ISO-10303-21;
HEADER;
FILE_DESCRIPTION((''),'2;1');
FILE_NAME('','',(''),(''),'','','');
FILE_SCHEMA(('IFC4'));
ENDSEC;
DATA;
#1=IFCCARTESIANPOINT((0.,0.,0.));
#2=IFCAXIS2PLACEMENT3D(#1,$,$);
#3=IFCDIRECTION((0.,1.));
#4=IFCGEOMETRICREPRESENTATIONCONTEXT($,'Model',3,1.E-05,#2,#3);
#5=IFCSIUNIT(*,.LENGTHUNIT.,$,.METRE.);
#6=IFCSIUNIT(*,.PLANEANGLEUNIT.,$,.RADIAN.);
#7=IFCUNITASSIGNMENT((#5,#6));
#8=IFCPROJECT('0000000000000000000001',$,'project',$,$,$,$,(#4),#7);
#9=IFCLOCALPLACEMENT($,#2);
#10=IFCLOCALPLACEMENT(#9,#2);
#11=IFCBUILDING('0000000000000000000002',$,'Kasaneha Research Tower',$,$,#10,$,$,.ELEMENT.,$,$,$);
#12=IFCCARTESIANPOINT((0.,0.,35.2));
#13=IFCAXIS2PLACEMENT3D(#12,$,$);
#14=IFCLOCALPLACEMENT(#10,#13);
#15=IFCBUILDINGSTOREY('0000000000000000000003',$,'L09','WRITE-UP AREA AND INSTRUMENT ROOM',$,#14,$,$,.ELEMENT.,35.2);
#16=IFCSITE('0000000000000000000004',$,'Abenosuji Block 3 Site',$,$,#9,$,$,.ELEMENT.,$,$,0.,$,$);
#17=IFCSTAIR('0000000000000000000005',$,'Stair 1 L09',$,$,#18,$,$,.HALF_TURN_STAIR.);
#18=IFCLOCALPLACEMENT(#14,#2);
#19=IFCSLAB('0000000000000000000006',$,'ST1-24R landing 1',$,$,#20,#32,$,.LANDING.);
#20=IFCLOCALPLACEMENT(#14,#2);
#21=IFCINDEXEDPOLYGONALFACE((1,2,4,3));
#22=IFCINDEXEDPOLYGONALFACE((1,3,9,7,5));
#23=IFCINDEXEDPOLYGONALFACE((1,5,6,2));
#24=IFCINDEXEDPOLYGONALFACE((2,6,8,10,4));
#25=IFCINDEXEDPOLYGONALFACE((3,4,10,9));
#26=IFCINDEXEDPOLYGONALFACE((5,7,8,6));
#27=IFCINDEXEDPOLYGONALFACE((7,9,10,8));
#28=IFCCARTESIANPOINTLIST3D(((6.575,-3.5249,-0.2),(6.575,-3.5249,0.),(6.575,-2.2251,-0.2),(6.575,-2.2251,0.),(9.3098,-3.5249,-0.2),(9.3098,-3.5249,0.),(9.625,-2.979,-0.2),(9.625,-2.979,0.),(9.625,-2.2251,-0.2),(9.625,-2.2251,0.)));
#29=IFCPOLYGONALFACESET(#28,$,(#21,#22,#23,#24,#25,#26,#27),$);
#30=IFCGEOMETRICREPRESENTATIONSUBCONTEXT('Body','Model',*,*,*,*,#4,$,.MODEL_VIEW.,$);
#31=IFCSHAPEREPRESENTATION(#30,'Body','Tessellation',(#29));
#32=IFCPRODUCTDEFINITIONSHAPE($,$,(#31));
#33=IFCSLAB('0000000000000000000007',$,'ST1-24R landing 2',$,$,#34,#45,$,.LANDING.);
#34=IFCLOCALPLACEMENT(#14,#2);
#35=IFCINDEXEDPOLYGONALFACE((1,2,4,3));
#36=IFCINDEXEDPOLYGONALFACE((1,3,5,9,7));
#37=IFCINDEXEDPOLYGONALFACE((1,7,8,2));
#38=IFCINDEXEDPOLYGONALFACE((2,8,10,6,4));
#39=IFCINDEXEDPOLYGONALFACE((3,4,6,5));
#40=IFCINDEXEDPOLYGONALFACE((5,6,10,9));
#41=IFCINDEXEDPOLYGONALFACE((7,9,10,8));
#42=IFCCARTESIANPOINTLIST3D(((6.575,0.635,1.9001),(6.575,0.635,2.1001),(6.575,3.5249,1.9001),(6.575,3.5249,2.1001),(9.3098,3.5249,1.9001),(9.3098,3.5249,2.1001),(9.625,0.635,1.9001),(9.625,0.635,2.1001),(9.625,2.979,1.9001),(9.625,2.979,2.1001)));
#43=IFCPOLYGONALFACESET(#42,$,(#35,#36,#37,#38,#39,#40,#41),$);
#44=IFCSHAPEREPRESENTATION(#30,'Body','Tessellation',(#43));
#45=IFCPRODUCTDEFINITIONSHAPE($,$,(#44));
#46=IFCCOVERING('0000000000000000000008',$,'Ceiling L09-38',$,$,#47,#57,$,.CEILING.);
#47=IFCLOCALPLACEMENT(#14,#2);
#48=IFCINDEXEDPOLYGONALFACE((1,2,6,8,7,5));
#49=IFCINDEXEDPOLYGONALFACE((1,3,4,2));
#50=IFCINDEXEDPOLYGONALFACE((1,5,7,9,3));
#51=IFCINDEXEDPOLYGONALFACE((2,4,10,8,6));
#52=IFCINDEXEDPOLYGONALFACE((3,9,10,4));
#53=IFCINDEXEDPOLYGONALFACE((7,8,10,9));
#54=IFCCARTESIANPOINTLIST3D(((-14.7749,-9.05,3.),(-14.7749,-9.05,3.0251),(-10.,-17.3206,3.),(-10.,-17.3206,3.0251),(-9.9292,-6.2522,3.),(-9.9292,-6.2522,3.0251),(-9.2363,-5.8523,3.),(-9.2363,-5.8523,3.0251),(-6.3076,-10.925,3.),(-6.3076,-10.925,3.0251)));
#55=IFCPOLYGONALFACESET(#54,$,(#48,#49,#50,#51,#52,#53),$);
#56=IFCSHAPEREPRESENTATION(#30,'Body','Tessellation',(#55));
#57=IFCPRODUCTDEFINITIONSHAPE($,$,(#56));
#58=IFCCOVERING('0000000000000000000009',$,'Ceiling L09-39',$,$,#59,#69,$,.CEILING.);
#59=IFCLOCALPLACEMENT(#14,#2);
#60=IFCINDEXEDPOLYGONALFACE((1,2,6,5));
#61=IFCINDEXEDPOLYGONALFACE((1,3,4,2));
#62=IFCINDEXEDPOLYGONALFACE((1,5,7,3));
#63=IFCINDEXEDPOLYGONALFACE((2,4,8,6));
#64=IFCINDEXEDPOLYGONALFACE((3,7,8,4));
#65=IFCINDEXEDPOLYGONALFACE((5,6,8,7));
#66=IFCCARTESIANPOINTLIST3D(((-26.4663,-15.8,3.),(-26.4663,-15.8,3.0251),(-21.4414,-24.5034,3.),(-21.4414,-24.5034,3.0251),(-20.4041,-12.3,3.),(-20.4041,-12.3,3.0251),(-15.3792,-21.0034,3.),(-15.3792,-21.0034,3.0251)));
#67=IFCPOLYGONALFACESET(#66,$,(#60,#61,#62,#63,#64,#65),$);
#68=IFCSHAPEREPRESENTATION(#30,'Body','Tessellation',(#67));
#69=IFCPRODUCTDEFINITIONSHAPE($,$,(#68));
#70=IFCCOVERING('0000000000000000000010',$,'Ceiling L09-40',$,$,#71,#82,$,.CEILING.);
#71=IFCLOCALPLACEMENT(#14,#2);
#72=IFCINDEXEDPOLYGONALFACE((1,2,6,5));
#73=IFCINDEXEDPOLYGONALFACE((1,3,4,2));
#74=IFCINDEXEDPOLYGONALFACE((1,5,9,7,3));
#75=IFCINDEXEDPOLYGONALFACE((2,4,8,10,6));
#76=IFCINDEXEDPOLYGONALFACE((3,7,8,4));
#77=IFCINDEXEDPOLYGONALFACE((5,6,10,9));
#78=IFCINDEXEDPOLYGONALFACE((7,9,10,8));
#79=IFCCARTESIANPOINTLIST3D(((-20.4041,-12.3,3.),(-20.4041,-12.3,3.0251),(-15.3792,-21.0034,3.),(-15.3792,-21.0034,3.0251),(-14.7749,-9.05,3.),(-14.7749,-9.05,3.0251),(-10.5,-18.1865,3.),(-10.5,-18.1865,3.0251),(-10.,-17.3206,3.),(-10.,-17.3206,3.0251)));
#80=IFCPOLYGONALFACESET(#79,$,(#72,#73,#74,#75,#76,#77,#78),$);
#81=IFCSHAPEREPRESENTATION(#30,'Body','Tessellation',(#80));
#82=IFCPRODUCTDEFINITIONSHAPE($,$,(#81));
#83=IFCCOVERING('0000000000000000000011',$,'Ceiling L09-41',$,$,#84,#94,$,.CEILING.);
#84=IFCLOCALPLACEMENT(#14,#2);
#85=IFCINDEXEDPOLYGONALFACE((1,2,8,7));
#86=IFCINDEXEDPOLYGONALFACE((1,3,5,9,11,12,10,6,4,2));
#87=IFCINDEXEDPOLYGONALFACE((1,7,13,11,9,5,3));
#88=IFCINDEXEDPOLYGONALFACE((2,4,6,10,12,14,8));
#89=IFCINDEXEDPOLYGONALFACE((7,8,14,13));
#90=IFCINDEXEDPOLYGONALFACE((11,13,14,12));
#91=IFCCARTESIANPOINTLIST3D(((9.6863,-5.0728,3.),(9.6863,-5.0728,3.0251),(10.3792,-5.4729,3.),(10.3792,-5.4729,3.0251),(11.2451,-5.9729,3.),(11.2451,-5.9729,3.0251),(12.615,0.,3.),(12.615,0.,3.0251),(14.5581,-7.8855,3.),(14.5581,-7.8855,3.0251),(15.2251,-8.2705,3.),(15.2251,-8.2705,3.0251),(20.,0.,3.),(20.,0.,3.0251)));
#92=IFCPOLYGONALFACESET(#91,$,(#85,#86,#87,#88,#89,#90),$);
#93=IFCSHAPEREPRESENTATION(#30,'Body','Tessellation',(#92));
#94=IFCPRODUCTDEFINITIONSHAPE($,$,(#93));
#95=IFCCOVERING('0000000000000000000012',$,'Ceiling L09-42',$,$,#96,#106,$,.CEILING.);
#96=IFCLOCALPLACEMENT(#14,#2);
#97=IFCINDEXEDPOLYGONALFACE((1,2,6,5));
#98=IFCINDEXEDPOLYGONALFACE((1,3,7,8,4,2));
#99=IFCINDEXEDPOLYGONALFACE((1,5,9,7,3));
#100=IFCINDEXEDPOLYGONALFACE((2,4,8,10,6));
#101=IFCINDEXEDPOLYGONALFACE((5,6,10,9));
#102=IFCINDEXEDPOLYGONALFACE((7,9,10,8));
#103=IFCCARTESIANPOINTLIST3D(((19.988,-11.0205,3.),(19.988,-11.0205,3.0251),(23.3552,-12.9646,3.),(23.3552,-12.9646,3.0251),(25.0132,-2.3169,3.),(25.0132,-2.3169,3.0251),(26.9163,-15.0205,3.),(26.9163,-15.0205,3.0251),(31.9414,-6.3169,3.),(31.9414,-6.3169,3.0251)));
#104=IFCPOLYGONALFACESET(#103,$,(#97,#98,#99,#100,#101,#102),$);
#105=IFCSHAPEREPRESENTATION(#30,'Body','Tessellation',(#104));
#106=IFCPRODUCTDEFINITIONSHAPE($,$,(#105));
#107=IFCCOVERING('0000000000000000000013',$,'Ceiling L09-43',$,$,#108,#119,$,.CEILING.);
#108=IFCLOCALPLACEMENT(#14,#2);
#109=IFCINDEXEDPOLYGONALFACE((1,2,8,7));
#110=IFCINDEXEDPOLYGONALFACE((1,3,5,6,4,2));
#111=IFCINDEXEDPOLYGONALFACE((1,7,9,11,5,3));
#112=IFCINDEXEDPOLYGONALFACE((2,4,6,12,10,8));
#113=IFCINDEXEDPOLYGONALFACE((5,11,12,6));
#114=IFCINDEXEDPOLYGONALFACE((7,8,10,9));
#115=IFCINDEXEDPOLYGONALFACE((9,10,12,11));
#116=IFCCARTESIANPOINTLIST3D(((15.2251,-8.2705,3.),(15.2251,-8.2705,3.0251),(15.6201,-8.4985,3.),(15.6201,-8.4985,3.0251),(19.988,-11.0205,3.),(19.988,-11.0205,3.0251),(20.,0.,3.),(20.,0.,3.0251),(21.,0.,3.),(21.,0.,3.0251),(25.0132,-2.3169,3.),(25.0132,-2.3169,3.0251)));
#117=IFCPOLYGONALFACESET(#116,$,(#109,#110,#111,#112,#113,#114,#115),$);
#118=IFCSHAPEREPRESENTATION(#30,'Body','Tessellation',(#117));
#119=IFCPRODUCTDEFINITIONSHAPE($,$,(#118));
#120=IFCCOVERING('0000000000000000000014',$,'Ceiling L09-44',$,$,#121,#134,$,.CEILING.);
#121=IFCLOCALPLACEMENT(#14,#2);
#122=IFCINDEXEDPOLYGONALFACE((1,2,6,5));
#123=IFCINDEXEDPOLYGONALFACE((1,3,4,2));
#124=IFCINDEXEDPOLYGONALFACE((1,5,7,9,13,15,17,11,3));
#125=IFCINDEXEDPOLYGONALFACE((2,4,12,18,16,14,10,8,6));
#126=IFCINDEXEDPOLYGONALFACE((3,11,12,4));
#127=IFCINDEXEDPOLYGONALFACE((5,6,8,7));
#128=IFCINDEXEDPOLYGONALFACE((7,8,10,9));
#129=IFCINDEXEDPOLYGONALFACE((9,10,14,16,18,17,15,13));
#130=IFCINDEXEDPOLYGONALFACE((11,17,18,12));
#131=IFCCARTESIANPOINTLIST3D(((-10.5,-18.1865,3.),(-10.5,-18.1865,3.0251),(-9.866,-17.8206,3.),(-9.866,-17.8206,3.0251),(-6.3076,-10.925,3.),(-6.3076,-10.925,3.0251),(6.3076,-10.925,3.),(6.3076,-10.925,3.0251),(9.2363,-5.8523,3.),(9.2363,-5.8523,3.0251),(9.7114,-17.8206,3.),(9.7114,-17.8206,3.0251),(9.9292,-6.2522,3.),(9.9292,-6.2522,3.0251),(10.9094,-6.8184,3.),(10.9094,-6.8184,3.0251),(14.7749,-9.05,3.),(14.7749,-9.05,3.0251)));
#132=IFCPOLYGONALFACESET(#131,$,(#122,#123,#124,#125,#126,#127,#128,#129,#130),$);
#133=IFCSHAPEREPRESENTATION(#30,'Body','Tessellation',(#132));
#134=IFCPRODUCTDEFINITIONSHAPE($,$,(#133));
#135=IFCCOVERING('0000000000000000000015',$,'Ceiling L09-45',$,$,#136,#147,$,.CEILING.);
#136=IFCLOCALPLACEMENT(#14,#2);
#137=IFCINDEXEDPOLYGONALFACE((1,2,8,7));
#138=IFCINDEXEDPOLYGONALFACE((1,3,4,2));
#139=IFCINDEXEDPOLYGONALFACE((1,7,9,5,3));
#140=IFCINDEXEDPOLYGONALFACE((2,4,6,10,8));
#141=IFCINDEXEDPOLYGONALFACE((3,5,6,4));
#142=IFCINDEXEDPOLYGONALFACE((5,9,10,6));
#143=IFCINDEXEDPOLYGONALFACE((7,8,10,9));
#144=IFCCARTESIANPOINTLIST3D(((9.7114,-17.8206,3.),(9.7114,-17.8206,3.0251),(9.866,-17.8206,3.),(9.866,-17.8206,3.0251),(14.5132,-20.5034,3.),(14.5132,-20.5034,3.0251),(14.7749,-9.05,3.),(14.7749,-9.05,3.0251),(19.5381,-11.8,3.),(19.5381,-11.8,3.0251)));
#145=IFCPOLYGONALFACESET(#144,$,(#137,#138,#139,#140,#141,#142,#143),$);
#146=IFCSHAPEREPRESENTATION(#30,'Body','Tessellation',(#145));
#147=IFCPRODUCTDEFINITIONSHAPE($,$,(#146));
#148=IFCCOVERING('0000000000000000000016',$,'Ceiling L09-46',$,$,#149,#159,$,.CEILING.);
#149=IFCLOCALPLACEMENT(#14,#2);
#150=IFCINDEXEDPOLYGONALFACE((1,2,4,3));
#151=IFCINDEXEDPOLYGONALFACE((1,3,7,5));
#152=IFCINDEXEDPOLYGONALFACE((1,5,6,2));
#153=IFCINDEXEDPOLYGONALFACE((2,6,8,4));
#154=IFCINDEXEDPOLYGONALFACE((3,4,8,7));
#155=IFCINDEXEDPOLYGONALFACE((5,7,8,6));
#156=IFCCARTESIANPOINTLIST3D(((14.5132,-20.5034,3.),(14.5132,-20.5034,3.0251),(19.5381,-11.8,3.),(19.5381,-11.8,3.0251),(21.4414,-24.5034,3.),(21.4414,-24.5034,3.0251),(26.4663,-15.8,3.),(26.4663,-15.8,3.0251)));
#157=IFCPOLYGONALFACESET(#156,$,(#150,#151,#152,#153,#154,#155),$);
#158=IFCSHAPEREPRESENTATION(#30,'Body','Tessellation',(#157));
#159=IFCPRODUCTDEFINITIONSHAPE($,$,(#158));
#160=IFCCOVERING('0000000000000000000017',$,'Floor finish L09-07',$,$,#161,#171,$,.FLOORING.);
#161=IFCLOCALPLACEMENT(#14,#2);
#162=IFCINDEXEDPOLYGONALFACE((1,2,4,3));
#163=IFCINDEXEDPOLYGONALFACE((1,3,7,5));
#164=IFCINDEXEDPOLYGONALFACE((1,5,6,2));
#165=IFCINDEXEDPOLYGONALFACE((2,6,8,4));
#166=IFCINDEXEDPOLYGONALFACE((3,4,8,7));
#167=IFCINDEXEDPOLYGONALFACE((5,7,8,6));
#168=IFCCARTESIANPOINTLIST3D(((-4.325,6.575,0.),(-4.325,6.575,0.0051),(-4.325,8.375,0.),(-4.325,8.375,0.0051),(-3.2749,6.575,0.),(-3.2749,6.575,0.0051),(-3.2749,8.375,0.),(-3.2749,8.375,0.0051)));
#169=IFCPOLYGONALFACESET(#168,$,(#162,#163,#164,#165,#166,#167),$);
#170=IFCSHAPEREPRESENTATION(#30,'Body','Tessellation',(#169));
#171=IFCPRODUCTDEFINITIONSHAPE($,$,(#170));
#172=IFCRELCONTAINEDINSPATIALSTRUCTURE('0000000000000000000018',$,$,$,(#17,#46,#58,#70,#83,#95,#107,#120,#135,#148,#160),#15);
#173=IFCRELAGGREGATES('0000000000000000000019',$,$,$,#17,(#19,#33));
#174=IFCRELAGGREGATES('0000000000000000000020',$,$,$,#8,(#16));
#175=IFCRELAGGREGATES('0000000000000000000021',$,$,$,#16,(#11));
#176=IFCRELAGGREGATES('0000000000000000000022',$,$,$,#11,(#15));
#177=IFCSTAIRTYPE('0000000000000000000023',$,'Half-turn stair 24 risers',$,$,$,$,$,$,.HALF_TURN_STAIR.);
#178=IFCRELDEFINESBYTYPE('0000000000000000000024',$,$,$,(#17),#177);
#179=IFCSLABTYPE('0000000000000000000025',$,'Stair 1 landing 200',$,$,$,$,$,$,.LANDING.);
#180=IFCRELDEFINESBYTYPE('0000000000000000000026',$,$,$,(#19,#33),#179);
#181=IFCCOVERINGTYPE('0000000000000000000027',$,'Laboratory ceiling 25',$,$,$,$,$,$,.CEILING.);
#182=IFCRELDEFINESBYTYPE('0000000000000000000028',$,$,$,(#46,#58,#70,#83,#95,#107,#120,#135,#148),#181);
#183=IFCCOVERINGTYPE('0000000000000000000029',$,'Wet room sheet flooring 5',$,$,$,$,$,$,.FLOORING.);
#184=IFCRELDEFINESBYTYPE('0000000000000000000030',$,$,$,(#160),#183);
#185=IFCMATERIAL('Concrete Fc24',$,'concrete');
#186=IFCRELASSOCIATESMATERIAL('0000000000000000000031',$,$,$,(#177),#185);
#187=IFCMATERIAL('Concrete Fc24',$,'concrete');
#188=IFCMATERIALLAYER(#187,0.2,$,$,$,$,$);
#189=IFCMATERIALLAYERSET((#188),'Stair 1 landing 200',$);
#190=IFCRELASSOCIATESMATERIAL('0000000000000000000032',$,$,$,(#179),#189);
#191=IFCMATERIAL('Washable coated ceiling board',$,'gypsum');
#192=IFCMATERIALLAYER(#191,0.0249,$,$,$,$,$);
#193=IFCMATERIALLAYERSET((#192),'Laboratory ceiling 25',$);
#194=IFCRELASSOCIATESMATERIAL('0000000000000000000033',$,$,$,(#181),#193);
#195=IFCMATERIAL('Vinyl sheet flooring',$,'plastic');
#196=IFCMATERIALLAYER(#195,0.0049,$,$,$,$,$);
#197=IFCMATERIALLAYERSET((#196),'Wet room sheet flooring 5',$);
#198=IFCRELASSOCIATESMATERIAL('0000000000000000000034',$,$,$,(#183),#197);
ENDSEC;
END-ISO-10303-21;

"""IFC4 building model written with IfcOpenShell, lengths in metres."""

from ifc_helpers import new_model, si_unit, direction, frame, origin, place, context, subcontext, project, spatial, polyline, outline, extrude, material, layer, layer_set, type_object, element, aggregate, save


model = new_model("IFC4")

# Units and contexts
model_context = context("Model", 3, precision=1e-05, world=origin(), true_north=direction((0.0, 1.0)))
body_context = subcontext(model_context, "Body", "Model", "MODEL_VIEW")
ifc_project = project(units=[si_unit("LENGTHUNIT", "METRE"), si_unit("PLANEANGLEUNIT", "RADIAN")], contexts=[model_context])

# Site, building, storey
site_placement = place(None, origin())
site = spatial("IfcSite", under=ifc_project, at=site_placement, Name="Abenosuji Block 3 Site", CompositionType="ELEMENT", RefElevation=0.0)
building_placement = place(site_placement, origin())
building = spatial("IfcBuilding", under=site, at=building_placement, Name="Kasaneha Research Tower", CompositionType="ELEMENT")
storey_placement = place(building_placement, frame((0.0, 0.0, 35.2)))
storey = spatial("IfcBuildingStorey", under=building, at=storey_placement, Name="L09", Description="WRITE-UP AREA AND INSTRUMENT ROOM", CompositionType="ELEMENT", Elevation=35.2)

# Stair, slabs
ifc_material_1 = material(Name="Concrete Fc24", Category="concrete")
stair_type = type_object("IfcStairType", Name="Half-turn stair 24 risers", PredefinedType="HALF_TURN_STAIR", material=ifc_material_1)
stair_placement = place(storey_placement, origin())
stair = element("IfcStair", 1, at=stair_placement, inside=storey, type_object=stair_type, Name="Stair 1 L09", PredefinedType="HALF_TURN_STAIR")
ifc_material_2 = material(Name="Concrete Fc24", Category="concrete")
ifc_layer_1 = layer(ifc_material_2, 0.2)
ifc_layer_set_1 = layer_set([ifc_layer_1], Name="Stair 1 landing 200")
slab_type = type_object("IfcSlabType", Name="Stair 1 landing 200", PredefinedType="LANDING", material=ifc_layer_set_1)
slab_1_placement = place(storey_placement, frame((0.0, 0.0, -0.2)))
slab_1 = element("IfcSlab", 2, at=slab_1_placement, type_object=slab_type, Name="ST1-24R landing 1", PredefinedType="LANDING", context=body_context, shape_type="SweptSolid", body=[
    extrude(outline(polyline([(9.3098, -3.5249), (6.575, -3.5249), (6.575, -2.2251), (9.625, -2.2251), (9.625, -2.979), (9.3098, -3.5249)])), origin(), (0.0, 0.0, 1.0), 0.2),
])
slab_2_placement = place(storey_placement, frame((0.0, 0.0, 1.9001)))
slab_2 = element("IfcSlab", 3, at=slab_2_placement, type_object=slab_type, Name="ST1-24R landing 2", PredefinedType="LANDING", context=body_context, shape_type="SweptSolid", body=[
    extrude(outline(polyline([(6.575, 3.5249), (9.3098, 3.5249), (9.625, 2.979), (9.625, 0.635), (6.575, 0.635), (6.575, 3.5249)])), origin(), (0.0, 0.0, 1.0), 0.2),
])
aggregate(stair, [slab_1, slab_2])

# Coverings
ifc_material_3 = material(Name="Washable coated ceiling board", Category="gypsum")
ifc_layer_2 = layer(ifc_material_3, 0.0249)
ifc_layer_set_2 = layer_set([ifc_layer_2], Name="Laboratory ceiling 25")
covering_type_1 = type_object("IfcCoveringType", Name="Laboratory ceiling 25", PredefinedType="CEILING", material=ifc_layer_set_2)
covering_1_placement = place(storey_placement, frame((0.0, 0.0, 3.0)))
element("IfcCovering", 4, at=covering_1_placement, inside=storey, type_object=covering_type_1, Name="Ceiling L09-38", PredefinedType="CEILING", context=body_context, shape_type="SweptSolid", body=[
    extrude(outline(polyline([(-9.2363, -5.8523), (-6.3076, -10.925), (-10.0, -17.3206), (-14.7749, -9.05), (-9.9292, -6.2522), (-9.9292, -6.2522), (-9.2363, -5.8523)])), origin(), (0.0, 0.0, 1.0), 0.0251),
])
covering_2_placement = place(storey_placement, frame((0.0, 0.0, 3.0)))
element("IfcCovering", 5, at=covering_2_placement, inside=storey, type_object=covering_type_1, Name="Ceiling L09-39", PredefinedType="CEILING", context=body_context, shape_type="SweptSolid", body=[
    extrude(outline(polyline([(-21.4414, -24.5034), (-26.4663, -15.8), (-20.4041, -12.3), (-15.3792, -21.0034), (-21.4414, -24.5034)])), origin(), (0.0, 0.0, 1.0), 0.0251),
])
covering_3_placement = place(storey_placement, frame((0.0, 0.0, 3.0)))
element("IfcCovering", 6, at=covering_3_placement, inside=storey, type_object=covering_type_1, Name="Ceiling L09-40", PredefinedType="CEILING", context=body_context, shape_type="SweptSolid", body=[
    extrude(outline(polyline([(-10.5, -18.1865), (-15.3792, -21.0034), (-20.4041, -12.3), (-14.7749, -9.05), (-10.0, -17.3206), (-10.5, -18.1865)])), origin(), (0.0, 0.0, 1.0), 0.0251),
])
covering_4_placement = place(storey_placement, frame((0.0, 0.0, 3.0)))
element("IfcCovering", 7, at=covering_4_placement, inside=storey, type_object=covering_type_1, Name="Ceiling L09-41", PredefinedType="CEILING", context=body_context, shape_type="SweptSolid", body=[
    extrude(outline(polyline([(11.2451, -5.9729), (10.3792, -5.4729), (9.6863, -5.0728), (12.615, 0.0), (20.0, 0.0), (15.2251, -8.2705), (14.5581, -7.8855), (11.2451, -5.9729)])), origin(), (0.0, 0.0, 1.0), 0.0251),
])
covering_5_placement = place(storey_placement, frame((0.0, 0.0, 3.0)))
element("IfcCovering", 8, at=covering_5_placement, inside=storey, type_object=covering_type_1, Name="Ceiling L09-42", PredefinedType="CEILING", context=body_context, shape_type="SweptSolid", body=[
    extrude(outline(polyline([(19.988, -11.0205), (25.0132, -2.3169), (31.9414, -6.3169), (26.9163, -15.0205), (23.3552, -12.9646), (19.988, -11.0205)])), origin(), (0.0, 0.0, 1.0), 0.0251),
])
covering_6_placement = place(storey_placement, frame((0.0, 0.0, 3.0)))
element("IfcCovering", 9, at=covering_6_placement, inside=storey, type_object=covering_type_1, Name="Ceiling L09-43", PredefinedType="CEILING", context=body_context, shape_type="SweptSolid", body=[
    extrude(outline(polyline([(15.2251, -8.2705), (20.0, 0.0), (21.0, 0.0), (25.0132, -2.3169), (19.988, -11.0205), (15.6201, -8.4985), (15.2251, -8.2705)])), origin(), (0.0, 0.0, 1.0), 0.0251),
])
covering_7_placement = place(storey_placement, frame((0.0, 0.0, 3.0)))
element("IfcCovering", 10, at=covering_7_placement, inside=storey, type_object=covering_type_1, Name="Ceiling L09-44", PredefinedType="CEILING", context=body_context, shape_type="SweptSolid", body=[
    extrude(outline(polyline([(-10.5, -18.1865), (-6.3076, -10.925), (6.3076, -10.925), (9.2363, -5.8523), (9.9292, -6.2522), (9.9292, -6.2522), (10.9094, -6.8184), (14.7749, -9.05), (9.7114, -17.8206), (-9.866, -17.8206), (-10.5, -18.1865)])), origin(), (0.0, 0.0, 1.0), 0.0251),
])
covering_8_placement = place(storey_placement, frame((0.0, 0.0, 3.0)))
element("IfcCovering", 11, at=covering_8_placement, inside=storey, type_object=covering_type_1, Name="Ceiling L09-45", PredefinedType="CEILING", context=body_context, shape_type="SweptSolid", body=[
    extrude(outline(polyline([(14.7749, -9.05), (19.5381, -11.8), (14.5132, -20.5034), (9.866, -17.8206), (9.7114, -17.8206), (14.7749, -9.05)])), origin(), (0.0, 0.0, 1.0), 0.0251),
])
covering_9_placement = place(storey_placement, frame((0.0, 0.0, 3.0)))
element("IfcCovering", 12, at=covering_9_placement, inside=storey, type_object=covering_type_1, Name="Ceiling L09-46", PredefinedType="CEILING", context=body_context, shape_type="SweptSolid", body=[
    extrude(outline(polyline([(21.4414, -24.5034), (14.5132, -20.5034), (19.5381, -11.8), (26.4663, -15.8), (21.4414, -24.5034)])), origin(), (0.0, 0.0, 1.0), 0.0251),
])
ifc_material_4 = material(Name="Vinyl sheet flooring", Category="plastic")
ifc_layer_3 = layer(ifc_material_4, 0.0049)
ifc_layer_set_3 = layer_set([ifc_layer_3], Name="Wet room sheet flooring 5")
covering_type_2 = type_object("IfcCoveringType", Name="Wet room sheet flooring 5", PredefinedType="FLOORING", material=ifc_layer_set_3)
covering_10_placement = place(storey_placement, origin())
element("IfcCovering", 13, at=covering_10_placement, inside=storey, type_object=covering_type_2, Name="Floor finish L09-07", PredefinedType="FLOORING", context=body_context, shape_type="SweptSolid", body=[
    extrude(outline(polyline([(-4.325, 6.575), (-4.325, 8.375), (-3.2749, 8.375), (-3.2749, 6.575), (-4.325, 6.575)])), origin(), (0.0, 0.0, 1.0), 0.0051),
])

save(model, "model.ifc")
